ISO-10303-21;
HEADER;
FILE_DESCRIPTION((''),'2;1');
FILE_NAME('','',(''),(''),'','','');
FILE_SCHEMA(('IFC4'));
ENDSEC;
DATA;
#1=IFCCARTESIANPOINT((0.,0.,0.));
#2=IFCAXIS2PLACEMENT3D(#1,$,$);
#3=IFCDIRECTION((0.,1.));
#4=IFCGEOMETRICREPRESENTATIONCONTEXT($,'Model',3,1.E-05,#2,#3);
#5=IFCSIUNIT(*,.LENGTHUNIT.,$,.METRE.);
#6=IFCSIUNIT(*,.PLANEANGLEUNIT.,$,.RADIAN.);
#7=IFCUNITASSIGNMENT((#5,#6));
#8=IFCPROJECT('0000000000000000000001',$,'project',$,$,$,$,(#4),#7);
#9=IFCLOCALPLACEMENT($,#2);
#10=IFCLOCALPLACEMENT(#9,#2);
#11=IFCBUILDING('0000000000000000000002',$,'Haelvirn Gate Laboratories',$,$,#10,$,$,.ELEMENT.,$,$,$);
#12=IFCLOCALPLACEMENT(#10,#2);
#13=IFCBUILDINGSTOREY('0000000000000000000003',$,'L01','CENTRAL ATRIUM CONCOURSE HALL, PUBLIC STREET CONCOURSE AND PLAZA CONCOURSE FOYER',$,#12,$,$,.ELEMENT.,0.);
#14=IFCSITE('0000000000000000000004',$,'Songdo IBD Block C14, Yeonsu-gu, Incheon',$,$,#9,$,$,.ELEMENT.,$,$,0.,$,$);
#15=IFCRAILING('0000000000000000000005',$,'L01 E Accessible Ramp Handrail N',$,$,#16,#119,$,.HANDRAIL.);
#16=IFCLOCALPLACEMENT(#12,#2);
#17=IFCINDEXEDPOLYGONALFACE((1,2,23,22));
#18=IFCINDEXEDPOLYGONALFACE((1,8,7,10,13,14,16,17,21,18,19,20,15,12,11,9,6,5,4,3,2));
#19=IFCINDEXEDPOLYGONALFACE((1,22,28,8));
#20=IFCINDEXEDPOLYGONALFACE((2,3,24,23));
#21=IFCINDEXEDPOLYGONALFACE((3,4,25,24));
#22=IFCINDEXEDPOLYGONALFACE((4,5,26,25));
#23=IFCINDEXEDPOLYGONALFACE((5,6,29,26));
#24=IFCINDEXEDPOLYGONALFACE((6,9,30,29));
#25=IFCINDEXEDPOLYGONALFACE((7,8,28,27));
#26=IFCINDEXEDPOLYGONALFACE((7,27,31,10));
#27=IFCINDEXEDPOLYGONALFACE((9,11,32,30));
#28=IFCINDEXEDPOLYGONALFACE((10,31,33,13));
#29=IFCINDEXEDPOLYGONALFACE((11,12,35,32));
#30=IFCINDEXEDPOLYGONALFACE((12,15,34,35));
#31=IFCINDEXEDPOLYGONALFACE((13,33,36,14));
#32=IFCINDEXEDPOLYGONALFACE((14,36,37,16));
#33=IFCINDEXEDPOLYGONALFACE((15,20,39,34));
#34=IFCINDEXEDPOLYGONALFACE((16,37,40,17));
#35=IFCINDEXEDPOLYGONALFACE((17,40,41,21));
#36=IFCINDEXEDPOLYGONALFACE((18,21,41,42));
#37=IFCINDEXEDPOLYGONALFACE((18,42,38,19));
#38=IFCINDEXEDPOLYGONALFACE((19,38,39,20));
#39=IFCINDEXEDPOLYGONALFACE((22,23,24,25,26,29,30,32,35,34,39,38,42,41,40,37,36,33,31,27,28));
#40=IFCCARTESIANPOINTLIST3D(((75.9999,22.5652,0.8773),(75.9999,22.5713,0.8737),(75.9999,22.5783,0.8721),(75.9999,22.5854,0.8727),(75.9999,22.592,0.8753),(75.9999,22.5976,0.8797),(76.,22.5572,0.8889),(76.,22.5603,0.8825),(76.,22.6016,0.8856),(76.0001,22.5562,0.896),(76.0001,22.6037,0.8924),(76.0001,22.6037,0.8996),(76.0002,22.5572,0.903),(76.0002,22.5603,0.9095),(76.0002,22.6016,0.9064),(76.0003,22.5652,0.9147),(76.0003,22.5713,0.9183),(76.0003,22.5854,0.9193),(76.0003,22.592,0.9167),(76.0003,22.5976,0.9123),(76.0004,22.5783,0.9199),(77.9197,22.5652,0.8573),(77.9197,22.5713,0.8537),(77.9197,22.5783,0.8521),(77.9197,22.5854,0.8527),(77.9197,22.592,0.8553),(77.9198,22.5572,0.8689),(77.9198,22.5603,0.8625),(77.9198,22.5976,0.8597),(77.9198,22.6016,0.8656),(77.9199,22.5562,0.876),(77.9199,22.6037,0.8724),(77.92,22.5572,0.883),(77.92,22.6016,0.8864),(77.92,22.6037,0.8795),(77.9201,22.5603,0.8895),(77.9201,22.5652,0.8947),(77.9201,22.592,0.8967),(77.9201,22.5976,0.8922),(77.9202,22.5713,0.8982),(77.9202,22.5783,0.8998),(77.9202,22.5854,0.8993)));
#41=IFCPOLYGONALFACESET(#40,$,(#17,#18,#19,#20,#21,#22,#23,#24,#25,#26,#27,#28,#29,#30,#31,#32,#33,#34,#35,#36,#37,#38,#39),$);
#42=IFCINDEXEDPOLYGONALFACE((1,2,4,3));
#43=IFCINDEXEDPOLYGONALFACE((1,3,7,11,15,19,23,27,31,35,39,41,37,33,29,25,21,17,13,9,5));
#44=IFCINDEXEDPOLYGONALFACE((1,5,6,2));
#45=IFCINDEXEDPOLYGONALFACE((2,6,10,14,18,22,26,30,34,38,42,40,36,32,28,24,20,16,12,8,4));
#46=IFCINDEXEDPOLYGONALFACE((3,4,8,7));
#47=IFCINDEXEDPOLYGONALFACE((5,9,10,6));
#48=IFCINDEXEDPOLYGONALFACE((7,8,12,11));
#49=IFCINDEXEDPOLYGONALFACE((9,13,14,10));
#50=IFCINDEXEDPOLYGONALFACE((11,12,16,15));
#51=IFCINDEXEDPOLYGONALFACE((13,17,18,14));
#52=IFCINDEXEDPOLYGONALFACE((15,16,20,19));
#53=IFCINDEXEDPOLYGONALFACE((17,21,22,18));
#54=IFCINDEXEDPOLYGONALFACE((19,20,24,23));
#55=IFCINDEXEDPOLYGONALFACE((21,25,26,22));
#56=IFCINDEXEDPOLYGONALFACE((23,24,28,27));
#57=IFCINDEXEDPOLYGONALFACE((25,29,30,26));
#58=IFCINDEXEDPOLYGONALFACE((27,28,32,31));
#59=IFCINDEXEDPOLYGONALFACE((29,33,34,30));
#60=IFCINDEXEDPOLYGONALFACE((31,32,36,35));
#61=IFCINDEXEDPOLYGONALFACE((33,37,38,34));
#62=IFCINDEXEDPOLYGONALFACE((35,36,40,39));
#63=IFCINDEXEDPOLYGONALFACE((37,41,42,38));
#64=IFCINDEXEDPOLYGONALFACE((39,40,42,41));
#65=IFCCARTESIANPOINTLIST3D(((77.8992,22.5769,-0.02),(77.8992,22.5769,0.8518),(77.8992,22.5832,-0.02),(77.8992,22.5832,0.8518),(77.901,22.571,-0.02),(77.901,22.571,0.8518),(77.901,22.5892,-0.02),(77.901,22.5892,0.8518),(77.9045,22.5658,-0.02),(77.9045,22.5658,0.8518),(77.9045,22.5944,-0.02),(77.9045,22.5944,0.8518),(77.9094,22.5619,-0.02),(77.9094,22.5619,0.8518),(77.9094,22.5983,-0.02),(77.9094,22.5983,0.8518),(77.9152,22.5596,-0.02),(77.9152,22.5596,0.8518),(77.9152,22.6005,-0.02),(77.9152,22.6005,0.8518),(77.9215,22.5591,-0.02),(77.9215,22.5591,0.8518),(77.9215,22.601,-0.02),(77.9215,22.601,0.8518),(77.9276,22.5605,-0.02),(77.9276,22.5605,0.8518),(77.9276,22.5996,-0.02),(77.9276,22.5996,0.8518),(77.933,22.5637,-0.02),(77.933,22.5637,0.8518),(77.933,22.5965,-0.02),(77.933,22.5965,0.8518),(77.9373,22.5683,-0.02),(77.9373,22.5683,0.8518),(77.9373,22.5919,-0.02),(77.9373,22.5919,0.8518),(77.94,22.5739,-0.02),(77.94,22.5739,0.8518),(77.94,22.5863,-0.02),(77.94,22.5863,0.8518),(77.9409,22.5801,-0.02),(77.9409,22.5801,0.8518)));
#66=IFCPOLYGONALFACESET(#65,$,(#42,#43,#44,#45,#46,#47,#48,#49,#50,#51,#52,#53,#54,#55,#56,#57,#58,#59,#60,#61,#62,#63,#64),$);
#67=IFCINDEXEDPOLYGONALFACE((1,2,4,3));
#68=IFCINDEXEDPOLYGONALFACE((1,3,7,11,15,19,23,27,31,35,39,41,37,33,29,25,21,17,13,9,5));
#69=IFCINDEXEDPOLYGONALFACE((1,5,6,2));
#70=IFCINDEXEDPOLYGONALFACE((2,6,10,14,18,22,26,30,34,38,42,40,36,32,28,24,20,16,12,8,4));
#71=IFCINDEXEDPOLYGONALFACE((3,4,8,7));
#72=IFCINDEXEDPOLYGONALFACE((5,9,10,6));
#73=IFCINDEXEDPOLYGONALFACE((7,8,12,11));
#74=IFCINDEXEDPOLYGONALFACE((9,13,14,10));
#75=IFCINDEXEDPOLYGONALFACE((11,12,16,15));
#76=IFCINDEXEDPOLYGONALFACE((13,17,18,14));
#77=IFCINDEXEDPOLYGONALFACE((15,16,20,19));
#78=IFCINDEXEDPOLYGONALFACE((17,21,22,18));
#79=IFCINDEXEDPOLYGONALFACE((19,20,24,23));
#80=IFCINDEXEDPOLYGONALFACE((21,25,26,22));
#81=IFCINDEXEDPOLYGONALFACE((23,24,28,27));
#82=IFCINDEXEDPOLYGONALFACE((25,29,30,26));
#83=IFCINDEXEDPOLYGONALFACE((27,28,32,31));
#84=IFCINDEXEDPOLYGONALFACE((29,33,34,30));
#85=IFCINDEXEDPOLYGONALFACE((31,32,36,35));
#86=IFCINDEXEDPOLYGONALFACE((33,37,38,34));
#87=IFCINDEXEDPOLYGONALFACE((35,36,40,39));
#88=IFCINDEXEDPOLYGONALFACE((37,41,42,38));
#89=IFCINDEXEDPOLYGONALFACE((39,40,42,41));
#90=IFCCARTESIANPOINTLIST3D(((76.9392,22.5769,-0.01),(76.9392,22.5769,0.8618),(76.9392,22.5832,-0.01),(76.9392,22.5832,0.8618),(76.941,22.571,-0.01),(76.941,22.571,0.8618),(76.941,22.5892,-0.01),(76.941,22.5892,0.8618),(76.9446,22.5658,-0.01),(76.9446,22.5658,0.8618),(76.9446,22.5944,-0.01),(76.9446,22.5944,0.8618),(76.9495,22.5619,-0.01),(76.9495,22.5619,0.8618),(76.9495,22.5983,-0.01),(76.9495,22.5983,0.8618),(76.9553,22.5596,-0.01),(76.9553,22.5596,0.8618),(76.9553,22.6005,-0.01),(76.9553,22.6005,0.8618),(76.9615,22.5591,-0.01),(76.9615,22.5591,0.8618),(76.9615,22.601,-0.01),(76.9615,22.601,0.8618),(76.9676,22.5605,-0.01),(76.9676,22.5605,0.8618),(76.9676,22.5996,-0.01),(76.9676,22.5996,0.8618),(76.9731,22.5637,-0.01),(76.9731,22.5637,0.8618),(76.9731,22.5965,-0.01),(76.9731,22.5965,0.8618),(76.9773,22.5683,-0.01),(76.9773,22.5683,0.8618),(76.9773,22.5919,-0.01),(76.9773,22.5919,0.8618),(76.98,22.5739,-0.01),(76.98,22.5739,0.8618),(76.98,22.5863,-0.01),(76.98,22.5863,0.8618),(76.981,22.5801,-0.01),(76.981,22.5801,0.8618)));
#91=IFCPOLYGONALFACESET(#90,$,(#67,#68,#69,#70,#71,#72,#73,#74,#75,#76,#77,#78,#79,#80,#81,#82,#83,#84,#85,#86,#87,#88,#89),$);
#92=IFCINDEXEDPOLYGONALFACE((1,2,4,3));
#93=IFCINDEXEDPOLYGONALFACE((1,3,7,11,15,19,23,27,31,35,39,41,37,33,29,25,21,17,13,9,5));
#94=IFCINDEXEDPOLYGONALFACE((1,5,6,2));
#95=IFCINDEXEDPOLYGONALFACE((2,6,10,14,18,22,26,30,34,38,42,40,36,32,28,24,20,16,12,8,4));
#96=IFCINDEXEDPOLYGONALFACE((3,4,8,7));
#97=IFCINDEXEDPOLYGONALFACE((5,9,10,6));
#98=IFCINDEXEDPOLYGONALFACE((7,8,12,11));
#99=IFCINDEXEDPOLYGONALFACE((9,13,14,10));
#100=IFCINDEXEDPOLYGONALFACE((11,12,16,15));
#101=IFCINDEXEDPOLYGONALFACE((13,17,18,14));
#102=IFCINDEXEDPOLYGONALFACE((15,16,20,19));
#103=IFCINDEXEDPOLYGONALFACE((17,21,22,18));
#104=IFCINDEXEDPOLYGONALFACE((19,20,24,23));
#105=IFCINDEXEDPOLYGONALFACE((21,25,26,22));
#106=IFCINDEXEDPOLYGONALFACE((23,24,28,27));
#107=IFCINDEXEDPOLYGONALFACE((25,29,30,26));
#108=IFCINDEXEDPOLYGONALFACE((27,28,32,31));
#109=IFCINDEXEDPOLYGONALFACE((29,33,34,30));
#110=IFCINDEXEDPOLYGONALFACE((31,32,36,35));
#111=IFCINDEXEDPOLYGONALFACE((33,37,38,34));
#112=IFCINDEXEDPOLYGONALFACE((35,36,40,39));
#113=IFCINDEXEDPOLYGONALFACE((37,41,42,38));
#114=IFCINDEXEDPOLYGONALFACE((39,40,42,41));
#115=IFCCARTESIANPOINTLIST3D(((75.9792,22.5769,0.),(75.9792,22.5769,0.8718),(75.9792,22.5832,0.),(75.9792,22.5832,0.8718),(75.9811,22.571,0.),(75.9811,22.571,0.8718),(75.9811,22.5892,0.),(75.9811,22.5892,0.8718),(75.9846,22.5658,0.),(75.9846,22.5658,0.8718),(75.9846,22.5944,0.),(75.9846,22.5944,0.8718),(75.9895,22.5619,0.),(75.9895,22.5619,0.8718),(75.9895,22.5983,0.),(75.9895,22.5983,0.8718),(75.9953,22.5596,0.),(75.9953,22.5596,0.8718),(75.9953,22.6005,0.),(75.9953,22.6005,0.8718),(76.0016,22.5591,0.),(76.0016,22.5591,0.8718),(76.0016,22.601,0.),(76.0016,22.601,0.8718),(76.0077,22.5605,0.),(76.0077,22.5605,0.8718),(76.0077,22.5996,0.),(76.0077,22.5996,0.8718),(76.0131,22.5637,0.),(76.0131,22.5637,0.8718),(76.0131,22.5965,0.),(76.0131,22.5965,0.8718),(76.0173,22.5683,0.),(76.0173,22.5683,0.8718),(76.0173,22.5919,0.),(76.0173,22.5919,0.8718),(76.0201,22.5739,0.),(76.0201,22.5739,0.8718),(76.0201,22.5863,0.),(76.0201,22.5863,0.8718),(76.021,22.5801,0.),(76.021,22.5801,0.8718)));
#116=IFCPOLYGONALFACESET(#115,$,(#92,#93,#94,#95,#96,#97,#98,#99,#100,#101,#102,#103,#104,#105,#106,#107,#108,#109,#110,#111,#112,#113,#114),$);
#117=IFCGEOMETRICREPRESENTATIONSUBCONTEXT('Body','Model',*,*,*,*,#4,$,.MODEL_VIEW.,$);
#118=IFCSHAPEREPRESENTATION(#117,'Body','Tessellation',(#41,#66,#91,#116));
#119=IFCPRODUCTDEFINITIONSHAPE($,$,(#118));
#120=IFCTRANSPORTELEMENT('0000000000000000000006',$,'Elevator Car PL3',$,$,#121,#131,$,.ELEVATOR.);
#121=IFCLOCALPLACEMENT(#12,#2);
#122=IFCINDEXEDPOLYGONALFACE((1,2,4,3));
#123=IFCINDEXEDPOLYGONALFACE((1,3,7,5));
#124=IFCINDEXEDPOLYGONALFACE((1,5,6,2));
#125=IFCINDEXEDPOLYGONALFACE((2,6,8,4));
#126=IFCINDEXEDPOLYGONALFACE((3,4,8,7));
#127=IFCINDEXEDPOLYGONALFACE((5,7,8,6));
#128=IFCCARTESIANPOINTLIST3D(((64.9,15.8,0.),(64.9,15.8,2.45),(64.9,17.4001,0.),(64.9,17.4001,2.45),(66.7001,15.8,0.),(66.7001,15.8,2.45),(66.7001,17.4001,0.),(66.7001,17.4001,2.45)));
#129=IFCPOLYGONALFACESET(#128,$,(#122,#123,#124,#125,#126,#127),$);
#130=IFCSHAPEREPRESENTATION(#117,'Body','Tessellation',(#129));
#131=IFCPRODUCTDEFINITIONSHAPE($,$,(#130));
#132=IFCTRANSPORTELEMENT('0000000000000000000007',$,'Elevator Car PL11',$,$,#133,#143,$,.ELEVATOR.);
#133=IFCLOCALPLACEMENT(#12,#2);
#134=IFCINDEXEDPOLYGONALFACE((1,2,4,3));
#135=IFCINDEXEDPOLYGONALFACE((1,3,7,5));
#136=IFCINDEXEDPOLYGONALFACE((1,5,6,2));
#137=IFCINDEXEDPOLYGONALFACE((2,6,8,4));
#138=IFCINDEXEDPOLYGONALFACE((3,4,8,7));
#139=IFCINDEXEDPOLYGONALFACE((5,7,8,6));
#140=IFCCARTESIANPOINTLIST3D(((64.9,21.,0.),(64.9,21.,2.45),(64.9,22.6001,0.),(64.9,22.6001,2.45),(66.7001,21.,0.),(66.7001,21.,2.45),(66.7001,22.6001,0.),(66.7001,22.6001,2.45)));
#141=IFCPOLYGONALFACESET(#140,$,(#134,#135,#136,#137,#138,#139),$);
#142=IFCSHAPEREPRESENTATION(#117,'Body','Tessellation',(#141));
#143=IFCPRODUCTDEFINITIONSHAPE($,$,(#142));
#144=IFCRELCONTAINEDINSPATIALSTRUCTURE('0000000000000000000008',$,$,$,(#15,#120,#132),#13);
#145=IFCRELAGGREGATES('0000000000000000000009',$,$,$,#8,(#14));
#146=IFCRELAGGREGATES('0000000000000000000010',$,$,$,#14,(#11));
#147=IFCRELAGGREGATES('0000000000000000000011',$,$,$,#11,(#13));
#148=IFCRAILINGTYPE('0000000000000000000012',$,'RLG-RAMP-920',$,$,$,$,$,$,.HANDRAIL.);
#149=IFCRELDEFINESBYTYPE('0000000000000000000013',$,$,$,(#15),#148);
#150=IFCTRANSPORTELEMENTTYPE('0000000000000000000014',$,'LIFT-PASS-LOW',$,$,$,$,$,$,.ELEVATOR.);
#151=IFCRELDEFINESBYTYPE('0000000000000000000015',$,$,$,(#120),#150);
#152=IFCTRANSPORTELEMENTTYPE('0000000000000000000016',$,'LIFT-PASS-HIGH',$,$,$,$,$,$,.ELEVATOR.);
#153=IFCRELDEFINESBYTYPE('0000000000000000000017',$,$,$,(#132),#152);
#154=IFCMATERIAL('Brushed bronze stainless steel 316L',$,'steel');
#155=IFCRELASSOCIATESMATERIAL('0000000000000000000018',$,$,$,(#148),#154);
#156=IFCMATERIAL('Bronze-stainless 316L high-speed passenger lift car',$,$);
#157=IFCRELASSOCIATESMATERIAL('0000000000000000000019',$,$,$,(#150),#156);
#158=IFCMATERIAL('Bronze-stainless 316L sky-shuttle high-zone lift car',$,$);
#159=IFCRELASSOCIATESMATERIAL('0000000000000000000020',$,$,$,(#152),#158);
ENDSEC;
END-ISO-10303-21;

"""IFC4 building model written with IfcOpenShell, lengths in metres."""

from ifc_helpers import new_model, si_unit, direction, frame, origin, origin_2d, place, context, subcontext, project, spatial, rectangle, circle, extrude, source, transform, mapped, material, type_object, type_shapes, element, save


model = new_model("IFC4")

# Units and contexts
model_context = context("Model", 3, precision=1e-05, world=origin(), true_north=direction((0.0, 1.0)))
body_context = subcontext(model_context, "Body", "Model", "MODEL_VIEW")
ifc_project = project(units=[si_unit("LENGTHUNIT", "METRE"), si_unit("PLANEANGLEUNIT", "RADIAN")], contexts=[model_context])

# Site, building, storey
site_placement = place(None, origin())
site = spatial("IfcSite", under=ifc_project, at=site_placement, Name="Songdo IBD Block C14, Yeonsu-gu, Incheon", CompositionType="ELEMENT", RefElevation=0.0)
building_placement = place(site_placement, origin())
building = spatial("IfcBuilding", under=site, at=building_placement, Name="Haelvirn Gate Laboratories", CompositionType="ELEMENT")
storey_placement = place(building_placement, origin())
storey = spatial("IfcBuildingStorey", under=building, at=storey_placement, Name="L01", Description="CENTRAL ATRIUM CONCOURSE HALL, PUBLIC STREET CONCOURSE AND PLAZA CONCOURSE FOYER", CompositionType="ELEMENT", Elevation=0.0)

# Railing
ifc_material_1 = material(Name="Brushed bronze stainless steel 316L", Category="steel")
railing_type = type_object("IfcRailingType", Name="RLG-RAMP-920", PredefinedType="HANDRAIL", material=ifc_material_1)
shared_shape_1 = source(origin(), body_context, "Body", "SweptSolid", [
    extrude(circle(Radius=0.0239, at=origin_2d()), frame((0.0, 0.0, 0.896), z_axis=(-0.999946, 0.0, 0.010427), x_axis=(0.0, -1.0, 0.0)), (0.0, 0.0, 1.0), 1.9199),
    extrude(circle(Radius=0.021, at=origin_2d()), origin(), (0.0, 0.0, 1.0), 0.8718),
    extrude(circle(Radius=0.021, at=origin_2d()), frame((-0.96, 0.0, 0.01)), (0.0, 0.0, 1.0), 0.8718),
    extrude(circle(Radius=0.021, at=origin_2d()), frame((-1.9199, 0.0, 0.02)), (0.0, 0.0, 1.0), 0.8718),
])
type_shapes(railing_type, [shared_shape_1])
for number, where, name in (
    (1, (77.9199, 22.5801, -0.02), "L01 E Accessible Ramp Handrail N"),
):
    element("IfcRailing", number, at=place(storey_placement, frame(where)), inside=storey, type_object=railing_type, Name=name, PredefinedType="HANDRAIL", context=body_context, shape_type="MappedRepresentation", body=[
        mapped(shared_shape_1, transform((0.0, 0.0, 0.0), scale=1.0)),
    ])

# Transport elements
ifc_material_2 = material(Name="Bronze-stainless 316L high-speed passenger lift car")
transport_element_type_1 = type_object("IfcTransportElementType", Name="LIFT-PASS-LOW", PredefinedType="ELEVATOR", material=ifc_material_2)
shared_shape_2 = source(origin(), body_context, "Body", "SweptSolid", [
    extrude(rectangle(XDim=1.8, YDim=1.6001, at=origin_2d()), origin(), (0.0, 0.0, 1.0), 2.45),
])
type_shapes(transport_element_type_1, [shared_shape_2])
transport_element_1_placement = place(storey_placement, frame((65.8, 16.6001, 0.0), z_axis=(0.0, 0.0, 1.0), x_axis=(1.0, 0.0, 0.0)))
element("IfcTransportElement", 2, at=transport_element_1_placement, inside=storey, type_object=transport_element_type_1, Name="Elevator Car PL3", PredefinedType="ELEVATOR", context=body_context, shape_type="MappedRepresentation", body=[
    mapped(shared_shape_2, transform((0.0, 0.0, 0.0), scale=1.0)),
])
ifc_material_3 = material(Name="Bronze-stainless 316L sky-shuttle high-zone lift car")
transport_element_type_2 = type_object("IfcTransportElementType", Name="LIFT-PASS-HIGH", PredefinedType="ELEVATOR", material=ifc_material_3)
shared_shape_3 = source(origin(), body_context, "Body", "SweptSolid", [
    extrude(rectangle(XDim=1.8, YDim=1.6001, at=origin_2d()), origin(), (0.0, 0.0, 1.0), 2.45),
])
type_shapes(transport_element_type_2, [shared_shape_3])
transport_element_2_placement = place(storey_placement, frame((65.8, 21.8, 0.0), z_axis=(0.0, 0.0, 1.0), x_axis=(1.0, 0.0, 0.0)))
element("IfcTransportElement", 3, at=transport_element_2_placement, inside=storey, type_object=transport_element_type_2, Name="Elevator Car PL11", PredefinedType="ELEVATOR", context=body_context, shape_type="MappedRepresentation", body=[
    mapped(shared_shape_3, transform((0.0, 0.0, 0.0), scale=1.0)),
])

save(model, "model.ifc")
